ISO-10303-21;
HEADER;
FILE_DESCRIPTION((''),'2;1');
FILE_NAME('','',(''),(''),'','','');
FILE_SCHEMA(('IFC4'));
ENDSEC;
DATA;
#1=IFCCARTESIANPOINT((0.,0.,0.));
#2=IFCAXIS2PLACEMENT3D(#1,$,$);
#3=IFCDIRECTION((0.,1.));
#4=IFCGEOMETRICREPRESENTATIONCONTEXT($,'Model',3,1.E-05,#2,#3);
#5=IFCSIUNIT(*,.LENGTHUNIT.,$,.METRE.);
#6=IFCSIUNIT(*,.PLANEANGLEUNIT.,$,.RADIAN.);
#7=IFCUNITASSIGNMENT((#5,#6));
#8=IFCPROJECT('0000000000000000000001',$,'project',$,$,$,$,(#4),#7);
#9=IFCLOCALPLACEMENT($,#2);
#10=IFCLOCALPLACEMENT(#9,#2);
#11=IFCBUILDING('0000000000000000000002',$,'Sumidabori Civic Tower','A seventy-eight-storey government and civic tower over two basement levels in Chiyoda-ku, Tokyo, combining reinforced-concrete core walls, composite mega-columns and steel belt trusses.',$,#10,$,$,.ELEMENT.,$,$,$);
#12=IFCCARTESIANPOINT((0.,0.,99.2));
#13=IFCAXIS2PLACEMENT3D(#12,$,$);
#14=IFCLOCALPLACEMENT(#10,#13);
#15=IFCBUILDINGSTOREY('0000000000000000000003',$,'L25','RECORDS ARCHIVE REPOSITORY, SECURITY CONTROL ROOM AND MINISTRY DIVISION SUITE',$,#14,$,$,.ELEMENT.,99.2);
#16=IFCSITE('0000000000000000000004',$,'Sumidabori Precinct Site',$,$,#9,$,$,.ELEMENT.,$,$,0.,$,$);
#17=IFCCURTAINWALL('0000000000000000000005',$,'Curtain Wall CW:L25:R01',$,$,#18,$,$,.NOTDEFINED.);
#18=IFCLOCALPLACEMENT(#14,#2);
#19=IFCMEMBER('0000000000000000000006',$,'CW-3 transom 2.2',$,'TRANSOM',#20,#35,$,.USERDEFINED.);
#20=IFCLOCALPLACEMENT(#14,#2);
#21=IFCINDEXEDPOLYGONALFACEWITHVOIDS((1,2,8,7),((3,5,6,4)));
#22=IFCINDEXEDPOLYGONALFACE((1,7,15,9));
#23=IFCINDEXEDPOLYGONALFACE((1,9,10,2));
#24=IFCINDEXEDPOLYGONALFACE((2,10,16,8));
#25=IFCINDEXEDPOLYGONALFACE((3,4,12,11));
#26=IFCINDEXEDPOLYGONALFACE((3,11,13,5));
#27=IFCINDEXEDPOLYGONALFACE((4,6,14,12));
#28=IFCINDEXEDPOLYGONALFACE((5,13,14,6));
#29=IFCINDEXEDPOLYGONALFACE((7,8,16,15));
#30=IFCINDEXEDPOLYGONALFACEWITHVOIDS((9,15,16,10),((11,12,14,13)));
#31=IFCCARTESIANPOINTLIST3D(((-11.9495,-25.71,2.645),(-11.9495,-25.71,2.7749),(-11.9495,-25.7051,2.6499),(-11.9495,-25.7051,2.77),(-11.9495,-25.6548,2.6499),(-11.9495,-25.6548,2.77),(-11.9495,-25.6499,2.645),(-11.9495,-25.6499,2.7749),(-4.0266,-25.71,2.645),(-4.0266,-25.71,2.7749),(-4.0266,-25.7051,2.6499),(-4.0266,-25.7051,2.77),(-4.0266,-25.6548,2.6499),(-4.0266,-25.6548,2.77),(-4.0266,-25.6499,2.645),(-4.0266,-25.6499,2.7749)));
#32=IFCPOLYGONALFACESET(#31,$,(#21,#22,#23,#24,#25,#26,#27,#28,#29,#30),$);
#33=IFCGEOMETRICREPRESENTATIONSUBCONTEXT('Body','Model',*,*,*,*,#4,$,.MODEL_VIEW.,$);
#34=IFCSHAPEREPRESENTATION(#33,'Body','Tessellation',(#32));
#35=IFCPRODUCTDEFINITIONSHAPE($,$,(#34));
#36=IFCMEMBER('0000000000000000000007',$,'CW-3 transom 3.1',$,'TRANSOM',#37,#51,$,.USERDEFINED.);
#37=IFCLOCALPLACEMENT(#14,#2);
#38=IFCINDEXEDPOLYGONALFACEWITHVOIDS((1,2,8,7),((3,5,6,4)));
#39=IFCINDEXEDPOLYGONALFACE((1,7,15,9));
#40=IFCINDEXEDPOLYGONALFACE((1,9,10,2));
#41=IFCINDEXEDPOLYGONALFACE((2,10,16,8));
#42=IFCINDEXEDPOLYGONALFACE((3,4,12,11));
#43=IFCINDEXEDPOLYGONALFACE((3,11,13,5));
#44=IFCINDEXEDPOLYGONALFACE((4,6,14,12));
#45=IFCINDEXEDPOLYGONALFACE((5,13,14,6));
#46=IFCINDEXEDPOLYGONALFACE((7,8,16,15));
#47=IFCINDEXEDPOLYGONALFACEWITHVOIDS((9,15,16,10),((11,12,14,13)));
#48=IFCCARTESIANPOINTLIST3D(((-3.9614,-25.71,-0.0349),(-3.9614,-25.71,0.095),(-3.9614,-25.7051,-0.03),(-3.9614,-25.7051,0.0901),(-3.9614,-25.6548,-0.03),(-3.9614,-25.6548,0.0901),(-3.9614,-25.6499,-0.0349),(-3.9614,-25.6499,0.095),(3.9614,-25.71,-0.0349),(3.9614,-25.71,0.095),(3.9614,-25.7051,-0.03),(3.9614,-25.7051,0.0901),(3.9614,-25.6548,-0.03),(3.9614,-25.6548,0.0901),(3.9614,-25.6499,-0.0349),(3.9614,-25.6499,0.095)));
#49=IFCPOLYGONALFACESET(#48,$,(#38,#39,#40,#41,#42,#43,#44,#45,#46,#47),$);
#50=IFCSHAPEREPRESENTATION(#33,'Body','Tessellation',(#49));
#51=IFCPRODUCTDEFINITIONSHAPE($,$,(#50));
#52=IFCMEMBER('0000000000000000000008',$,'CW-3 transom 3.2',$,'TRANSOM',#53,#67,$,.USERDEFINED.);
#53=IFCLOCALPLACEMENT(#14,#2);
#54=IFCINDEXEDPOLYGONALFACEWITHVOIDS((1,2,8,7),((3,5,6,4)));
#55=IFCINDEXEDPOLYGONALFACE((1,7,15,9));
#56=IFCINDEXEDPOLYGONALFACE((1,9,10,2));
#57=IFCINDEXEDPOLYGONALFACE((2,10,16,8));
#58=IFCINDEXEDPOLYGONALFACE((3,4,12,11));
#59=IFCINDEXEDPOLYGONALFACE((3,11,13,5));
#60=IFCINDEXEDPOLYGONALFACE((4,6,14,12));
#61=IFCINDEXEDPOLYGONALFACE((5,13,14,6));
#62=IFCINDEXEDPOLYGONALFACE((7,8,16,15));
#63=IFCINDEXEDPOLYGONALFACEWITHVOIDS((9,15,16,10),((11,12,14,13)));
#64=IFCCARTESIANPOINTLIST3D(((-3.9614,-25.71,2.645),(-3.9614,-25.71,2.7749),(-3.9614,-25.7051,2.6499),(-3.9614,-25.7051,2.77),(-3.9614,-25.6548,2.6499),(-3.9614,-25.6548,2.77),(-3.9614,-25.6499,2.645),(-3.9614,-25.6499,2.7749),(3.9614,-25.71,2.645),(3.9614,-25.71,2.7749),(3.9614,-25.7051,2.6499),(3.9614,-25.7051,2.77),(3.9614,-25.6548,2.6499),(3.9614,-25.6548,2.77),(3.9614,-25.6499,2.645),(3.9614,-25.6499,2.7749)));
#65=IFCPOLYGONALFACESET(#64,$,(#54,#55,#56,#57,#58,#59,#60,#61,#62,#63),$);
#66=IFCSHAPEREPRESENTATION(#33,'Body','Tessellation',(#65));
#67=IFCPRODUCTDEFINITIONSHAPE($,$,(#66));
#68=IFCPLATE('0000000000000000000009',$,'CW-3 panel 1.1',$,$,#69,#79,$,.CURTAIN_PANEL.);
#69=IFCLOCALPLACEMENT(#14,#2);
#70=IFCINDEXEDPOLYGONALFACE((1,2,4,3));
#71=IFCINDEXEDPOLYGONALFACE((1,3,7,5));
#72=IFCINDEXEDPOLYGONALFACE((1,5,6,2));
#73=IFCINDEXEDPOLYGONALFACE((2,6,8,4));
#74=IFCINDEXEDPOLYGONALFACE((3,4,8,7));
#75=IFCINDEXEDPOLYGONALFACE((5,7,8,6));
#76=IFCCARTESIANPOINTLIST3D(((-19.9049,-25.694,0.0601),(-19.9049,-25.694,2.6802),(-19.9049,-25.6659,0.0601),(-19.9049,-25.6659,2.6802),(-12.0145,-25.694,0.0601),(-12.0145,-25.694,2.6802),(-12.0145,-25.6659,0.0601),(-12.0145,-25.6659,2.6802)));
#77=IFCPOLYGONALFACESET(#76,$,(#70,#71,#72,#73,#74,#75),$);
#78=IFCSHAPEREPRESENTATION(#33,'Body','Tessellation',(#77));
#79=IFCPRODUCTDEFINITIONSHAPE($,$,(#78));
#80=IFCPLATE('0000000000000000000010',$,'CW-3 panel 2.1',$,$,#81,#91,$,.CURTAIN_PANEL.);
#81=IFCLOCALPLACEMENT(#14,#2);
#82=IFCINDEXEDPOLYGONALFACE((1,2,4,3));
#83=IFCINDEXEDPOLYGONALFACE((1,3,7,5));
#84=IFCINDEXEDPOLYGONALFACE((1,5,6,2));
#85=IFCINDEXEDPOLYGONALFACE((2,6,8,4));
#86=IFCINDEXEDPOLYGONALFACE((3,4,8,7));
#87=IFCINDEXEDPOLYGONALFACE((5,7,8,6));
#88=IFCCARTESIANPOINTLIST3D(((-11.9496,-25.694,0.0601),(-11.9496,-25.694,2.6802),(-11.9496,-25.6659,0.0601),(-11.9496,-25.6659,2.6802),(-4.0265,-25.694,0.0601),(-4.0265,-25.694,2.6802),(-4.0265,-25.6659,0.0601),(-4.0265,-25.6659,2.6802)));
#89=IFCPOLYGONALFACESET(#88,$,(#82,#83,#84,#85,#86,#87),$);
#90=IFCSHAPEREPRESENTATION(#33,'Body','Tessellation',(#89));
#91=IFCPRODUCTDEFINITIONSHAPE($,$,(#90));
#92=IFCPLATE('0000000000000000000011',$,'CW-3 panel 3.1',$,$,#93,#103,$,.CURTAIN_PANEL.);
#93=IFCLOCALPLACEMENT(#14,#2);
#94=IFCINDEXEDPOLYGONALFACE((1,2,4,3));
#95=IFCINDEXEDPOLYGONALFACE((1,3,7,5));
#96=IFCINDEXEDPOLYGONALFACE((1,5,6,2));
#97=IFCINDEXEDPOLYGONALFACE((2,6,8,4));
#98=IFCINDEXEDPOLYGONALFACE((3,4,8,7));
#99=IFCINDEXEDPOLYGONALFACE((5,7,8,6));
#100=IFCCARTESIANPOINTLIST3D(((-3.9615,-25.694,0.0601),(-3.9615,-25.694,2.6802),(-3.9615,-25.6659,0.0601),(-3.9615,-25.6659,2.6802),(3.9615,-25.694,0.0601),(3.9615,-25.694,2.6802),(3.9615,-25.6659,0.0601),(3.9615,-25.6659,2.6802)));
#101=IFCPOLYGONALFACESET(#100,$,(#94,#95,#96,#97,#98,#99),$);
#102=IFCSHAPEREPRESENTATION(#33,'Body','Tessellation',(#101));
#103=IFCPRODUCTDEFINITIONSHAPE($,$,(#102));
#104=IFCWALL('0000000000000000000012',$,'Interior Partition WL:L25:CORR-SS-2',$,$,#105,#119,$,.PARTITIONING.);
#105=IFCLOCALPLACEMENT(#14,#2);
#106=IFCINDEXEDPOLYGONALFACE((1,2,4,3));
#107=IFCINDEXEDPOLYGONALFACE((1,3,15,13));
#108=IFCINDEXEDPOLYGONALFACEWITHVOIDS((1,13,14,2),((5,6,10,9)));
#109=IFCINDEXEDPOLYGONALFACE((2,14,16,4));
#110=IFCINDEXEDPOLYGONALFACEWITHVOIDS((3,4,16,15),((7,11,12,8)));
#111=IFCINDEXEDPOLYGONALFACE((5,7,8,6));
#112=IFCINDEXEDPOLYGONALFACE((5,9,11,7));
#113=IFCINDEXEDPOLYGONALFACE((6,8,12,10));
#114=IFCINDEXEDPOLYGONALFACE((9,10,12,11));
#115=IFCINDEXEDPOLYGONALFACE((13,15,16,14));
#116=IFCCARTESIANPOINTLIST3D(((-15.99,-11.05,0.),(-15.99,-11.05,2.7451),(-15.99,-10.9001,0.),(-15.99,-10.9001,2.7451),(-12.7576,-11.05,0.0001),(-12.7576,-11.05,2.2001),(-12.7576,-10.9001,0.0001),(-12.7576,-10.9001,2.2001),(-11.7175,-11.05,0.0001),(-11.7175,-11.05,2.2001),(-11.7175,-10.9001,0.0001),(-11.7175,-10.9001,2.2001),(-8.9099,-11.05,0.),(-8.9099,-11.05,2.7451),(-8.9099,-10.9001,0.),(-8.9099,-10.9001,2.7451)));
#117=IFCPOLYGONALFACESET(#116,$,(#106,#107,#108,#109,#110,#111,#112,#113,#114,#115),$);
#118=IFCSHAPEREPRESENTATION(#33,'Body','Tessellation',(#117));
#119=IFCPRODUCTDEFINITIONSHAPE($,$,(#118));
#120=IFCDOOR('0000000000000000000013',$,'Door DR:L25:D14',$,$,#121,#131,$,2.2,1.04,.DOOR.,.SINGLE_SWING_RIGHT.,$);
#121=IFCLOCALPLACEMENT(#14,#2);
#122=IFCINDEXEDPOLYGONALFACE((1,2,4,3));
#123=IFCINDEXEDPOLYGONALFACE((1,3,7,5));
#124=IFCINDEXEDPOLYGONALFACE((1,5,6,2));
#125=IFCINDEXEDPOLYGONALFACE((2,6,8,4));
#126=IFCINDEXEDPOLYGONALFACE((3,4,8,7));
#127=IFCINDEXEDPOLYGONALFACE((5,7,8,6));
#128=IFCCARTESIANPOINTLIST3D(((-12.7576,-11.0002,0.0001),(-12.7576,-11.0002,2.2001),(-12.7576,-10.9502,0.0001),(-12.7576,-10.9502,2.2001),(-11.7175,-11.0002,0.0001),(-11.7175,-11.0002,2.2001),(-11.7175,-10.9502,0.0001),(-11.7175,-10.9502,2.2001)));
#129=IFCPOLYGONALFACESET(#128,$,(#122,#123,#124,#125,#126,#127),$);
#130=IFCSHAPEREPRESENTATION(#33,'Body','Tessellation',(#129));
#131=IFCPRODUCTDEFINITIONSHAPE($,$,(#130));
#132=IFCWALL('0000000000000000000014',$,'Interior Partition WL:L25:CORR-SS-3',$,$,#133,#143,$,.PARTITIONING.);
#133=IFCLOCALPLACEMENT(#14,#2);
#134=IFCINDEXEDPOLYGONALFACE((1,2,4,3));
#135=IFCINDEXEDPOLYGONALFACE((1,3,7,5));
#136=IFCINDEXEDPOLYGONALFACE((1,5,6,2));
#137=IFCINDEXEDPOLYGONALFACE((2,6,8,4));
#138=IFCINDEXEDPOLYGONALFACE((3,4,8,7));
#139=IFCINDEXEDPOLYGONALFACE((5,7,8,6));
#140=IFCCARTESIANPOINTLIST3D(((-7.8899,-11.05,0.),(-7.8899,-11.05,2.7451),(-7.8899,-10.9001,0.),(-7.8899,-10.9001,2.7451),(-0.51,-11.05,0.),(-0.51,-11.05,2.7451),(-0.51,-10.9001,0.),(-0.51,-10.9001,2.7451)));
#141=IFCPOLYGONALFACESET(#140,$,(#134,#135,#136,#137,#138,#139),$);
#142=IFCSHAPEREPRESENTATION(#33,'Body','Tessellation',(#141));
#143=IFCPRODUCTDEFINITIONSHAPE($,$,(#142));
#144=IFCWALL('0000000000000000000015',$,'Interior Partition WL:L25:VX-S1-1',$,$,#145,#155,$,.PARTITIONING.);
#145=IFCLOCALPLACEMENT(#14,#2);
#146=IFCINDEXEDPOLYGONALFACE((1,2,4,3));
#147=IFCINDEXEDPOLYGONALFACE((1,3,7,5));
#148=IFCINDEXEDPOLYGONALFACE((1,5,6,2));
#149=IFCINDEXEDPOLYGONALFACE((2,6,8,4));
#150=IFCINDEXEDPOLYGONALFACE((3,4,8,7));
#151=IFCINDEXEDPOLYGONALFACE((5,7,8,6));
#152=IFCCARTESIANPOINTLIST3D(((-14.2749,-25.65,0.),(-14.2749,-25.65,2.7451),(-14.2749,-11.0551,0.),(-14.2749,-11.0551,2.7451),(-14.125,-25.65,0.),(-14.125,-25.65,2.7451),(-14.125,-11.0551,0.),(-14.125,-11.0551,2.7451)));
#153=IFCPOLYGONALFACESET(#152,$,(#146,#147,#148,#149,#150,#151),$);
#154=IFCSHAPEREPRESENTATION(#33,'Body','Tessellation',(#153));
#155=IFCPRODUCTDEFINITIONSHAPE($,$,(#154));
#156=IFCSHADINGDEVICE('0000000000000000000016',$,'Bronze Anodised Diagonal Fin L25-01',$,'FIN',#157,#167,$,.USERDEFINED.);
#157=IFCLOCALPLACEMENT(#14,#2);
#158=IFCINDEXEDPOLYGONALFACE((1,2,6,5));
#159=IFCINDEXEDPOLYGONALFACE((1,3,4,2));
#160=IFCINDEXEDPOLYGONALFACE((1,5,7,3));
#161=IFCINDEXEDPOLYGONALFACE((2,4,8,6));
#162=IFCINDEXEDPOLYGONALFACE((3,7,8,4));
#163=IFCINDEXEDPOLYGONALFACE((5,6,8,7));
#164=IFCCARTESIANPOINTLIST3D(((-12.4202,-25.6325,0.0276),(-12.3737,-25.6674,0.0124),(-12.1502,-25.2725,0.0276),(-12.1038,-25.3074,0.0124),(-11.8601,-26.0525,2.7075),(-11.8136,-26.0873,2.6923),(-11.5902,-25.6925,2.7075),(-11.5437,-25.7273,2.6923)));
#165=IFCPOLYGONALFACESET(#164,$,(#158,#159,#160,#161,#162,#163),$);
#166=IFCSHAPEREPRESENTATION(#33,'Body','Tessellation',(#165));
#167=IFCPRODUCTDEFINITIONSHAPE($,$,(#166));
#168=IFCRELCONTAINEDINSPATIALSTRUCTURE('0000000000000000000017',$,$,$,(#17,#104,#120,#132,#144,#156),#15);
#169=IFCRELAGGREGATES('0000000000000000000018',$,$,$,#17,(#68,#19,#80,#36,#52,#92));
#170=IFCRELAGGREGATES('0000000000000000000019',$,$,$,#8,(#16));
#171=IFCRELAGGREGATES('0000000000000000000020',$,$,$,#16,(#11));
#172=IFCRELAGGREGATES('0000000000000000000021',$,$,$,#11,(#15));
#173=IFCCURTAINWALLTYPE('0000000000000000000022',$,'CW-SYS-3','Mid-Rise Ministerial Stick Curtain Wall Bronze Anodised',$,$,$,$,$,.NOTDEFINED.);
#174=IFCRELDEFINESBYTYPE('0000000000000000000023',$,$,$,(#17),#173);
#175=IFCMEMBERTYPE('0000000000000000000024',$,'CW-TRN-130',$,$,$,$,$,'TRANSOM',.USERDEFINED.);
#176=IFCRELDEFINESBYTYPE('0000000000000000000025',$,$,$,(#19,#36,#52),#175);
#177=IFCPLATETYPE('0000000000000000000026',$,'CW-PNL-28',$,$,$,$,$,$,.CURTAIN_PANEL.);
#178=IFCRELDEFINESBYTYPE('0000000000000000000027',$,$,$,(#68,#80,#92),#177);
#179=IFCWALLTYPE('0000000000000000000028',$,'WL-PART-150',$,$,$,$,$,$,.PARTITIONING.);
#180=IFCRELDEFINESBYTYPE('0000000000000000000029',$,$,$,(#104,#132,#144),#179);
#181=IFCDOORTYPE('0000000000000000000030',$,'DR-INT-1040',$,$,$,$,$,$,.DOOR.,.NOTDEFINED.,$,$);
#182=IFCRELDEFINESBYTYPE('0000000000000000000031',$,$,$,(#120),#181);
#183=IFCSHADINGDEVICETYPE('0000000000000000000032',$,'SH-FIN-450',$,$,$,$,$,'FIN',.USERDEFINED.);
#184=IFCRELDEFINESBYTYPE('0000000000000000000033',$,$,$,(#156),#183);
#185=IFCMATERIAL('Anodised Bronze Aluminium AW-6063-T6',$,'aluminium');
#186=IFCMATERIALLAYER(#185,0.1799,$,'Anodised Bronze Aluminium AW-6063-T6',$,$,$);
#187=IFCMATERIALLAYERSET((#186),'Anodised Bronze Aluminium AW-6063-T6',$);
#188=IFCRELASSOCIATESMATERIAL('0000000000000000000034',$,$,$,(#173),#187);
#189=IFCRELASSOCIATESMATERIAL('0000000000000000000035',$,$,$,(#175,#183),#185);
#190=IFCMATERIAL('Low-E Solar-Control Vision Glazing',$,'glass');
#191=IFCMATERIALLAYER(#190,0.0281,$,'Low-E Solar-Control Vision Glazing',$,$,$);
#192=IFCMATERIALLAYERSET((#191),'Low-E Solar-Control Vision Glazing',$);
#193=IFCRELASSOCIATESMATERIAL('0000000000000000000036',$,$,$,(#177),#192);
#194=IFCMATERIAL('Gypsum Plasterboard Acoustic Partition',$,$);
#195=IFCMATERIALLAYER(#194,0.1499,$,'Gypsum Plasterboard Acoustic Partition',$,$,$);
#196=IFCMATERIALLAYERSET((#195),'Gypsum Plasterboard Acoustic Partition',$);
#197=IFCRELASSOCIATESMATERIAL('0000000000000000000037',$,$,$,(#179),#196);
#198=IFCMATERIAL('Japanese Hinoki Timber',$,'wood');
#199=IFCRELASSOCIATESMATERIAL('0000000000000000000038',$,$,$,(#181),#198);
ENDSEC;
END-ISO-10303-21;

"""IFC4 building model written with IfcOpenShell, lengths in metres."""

from ifc_helpers import new_model, si_unit, direction, frame, frame_2d, origin, origin_2d, place, context, subcontext, project, spatial, rectangle, hollow_rectangle, extrude, source, transform, mapped, material, layer, layer_set, material_profile, profile_set, type_object, element, fill, aggregate, save


model = new_model("IFC4")

# Units and contexts
model_context = context("Model", 3, precision=1e-05, world=origin(), true_north=direction((0.0, 1.0)))
body_context = subcontext(model_context, "Body", "Model", "MODEL_VIEW")
ifc_project = project(units=[si_unit("LENGTHUNIT", "METRE"), si_unit("PLANEANGLEUNIT", "RADIAN")], contexts=[model_context])

# Site, building, storey
site_placement = place(None, origin())
site = spatial("IfcSite", under=ifc_project, at=site_placement, Name="Sumidabori Precinct Site", CompositionType="ELEMENT", RefElevation=0.0)
building_placement = place(site_placement, origin())
building = spatial("IfcBuilding", under=site, at=building_placement, Name="Sumidabori Civic Tower", Description="A seventy-eight-storey government and civic tower over two basement levels in Chiyoda-ku, Tokyo, combining reinforced-concrete core walls, composite mega-columns and steel belt trusses.", CompositionType="ELEMENT")
storey_placement = place(building_placement, frame((0.0, 0.0, 99.2)))
storey = spatial("IfcBuildingStorey", under=building, at=storey_placement, Name="L25", Description="RECORDS ARCHIVE REPOSITORY, SECURITY CONTROL ROOM AND MINISTRY DIVISION SUITE", CompositionType="ELEMENT", Elevation=99.2)

# Curtain wall, members, plates
ifc_material_1 = material(Name="Anodised Bronze Aluminium AW-6063-T6", Category="aluminium")
ifc_layer_1 = layer(ifc_material_1, 0.1799, Name="Anodised Bronze Aluminium AW-6063-T6")
ifc_layer_set_1 = layer_set([ifc_layer_1], Name="Anodised Bronze Aluminium AW-6063-T6")
curtain_wall_type = type_object("IfcCurtainWallType", Name="CW-SYS-3", Description="Mid-Rise Ministerial Stick Curtain Wall Bronze Anodised", PredefinedType="NOTDEFINED", material=ifc_layer_set_1)
curtain_wall_placement = place(storey_placement, origin())
curtain_wall = element("IfcCurtainWall", 1, at=curtain_wall_placement, inside=storey, type_object=curtain_wall_type, Name="Curtain Wall CW:L25:R01", PredefinedType="NOTDEFINED")
ifc_material_profile_1 = material_profile(ifc_material_1, hollow_rectangle(XDim=0.0601, YDim=0.1299, WallThickness=0.0049, at=origin_2d()), Name="ALU TRANSOM 130x60")
ifc_profile_set_1 = profile_set([ifc_material_profile_1], Name="Anodised Bronze Aluminium AW-6063-T6")
member_type_1 = type_object("IfcMemberType", Name="CW-TRN-130", ElementType="TRANSOM", PredefinedType="USERDEFINED", material=ifc_profile_set_1)
shared_shape_1 = source(origin(), body_context, "Body", "SweptSolid", [
    extrude(hollow_rectangle(XDim=0.0601, YDim=0.1299, WallThickness=0.0049, at=origin_2d()), origin(), (0.0, 0.0, 1.0), 7.9229),
])
member_1_placement = place(storey_placement, frame((-11.9495, -25.6799, 2.71), z_axis=(1.0, 0.0, 0.0), x_axis=(0.0, 1.0, 0.0)))
member_1 = element("IfcMember", 2, at=member_1_placement, type_object=member_type_1, Name="CW-3 transom 2.2", ObjectType="TRANSOM", PredefinedType="USERDEFINED", context=body_context, shape_type="MappedRepresentation", body=[
    mapped(shared_shape_1, transform((0.0, 0.0, 0.0), x_axis=(1.0, 0.0, 0.0), y_axis=(0.0, 1.0, 0.0), z_axis=(0.0, 0.0, 1.0), scale=1.0)),
])
member_2_placement = place(storey_placement, frame((-3.9614, -25.6799, 0.03), z_axis=(1.0, 0.0, 0.0), x_axis=(0.0, 1.0, 0.0)))
member_2 = element("IfcMember", 3, at=member_2_placement, type_object=member_type_1, Name="CW-3 transom 3.1", ObjectType="TRANSOM", PredefinedType="USERDEFINED", context=body_context, shape_type="MappedRepresentation", body=[
    mapped(shared_shape_1, transform((0.0, 0.0, 0.0), x_axis=(1.0, 0.0, 0.0), y_axis=(0.0, 1.0, 0.0), z_axis=(0.0, 0.0, 1.0), scale=1.0)),
])
member_3_placement = place(storey_placement, frame((-3.9614, -25.6799, 2.71), z_axis=(1.0, 0.0, 0.0), x_axis=(0.0, 1.0, 0.0)))
member_3 = element("IfcMember", 4, at=member_3_placement, type_object=member_type_1, Name="CW-3 transom 3.2", ObjectType="TRANSOM", PredefinedType="USERDEFINED", context=body_context, shape_type="MappedRepresentation", body=[
    mapped(shared_shape_1, transform((0.0, 0.0, 0.0), x_axis=(1.0, 0.0, 0.0), y_axis=(0.0, 1.0, 0.0), z_axis=(0.0, 0.0, 1.0), scale=1.0)),
])
ifc_material_2 = material(Name="Low-E Solar-Control Vision Glazing", Category="glass")
ifc_layer_2 = layer(ifc_material_2, 0.0281, Name="Low-E Solar-Control Vision Glazing")
ifc_layer_set_2 = layer_set([ifc_layer_2], Name="Low-E Solar-Control Vision Glazing")
plate_type = type_object("IfcPlateType", Name="CW-PNL-28", PredefinedType="CURTAIN_PANEL", material=ifc_layer_set_2)
shared_shape_2 = source(origin(), body_context, "Body", "SweptSolid", [
    extrude(rectangle(XDim=7.8904, YDim=0.0281, at=origin_2d()), origin(), (0.0, 0.0, 1.0), 2.6201),
])
plate_1_placement = place(storey_placement, frame((-15.9597, -25.6799, 0.0601), z_axis=(0.0, 0.0, 1.0), x_axis=(1.0, 0.0, 0.0)))
plate_1 = element("IfcPlate", 5, at=plate_1_placement, type_object=plate_type, Name="CW-3 panel 1.1", PredefinedType="CURTAIN_PANEL", context=body_context, shape_type="MappedRepresentation", body=[
    mapped(shared_shape_2, transform((0.0, 0.0, 0.0), x_axis=(1.0, 0.0, 0.0), y_axis=(0.0, 1.0, 0.0), z_axis=(0.0, 0.0, 1.0), scale=1.0)),
])
shared_shape_3 = source(origin(), body_context, "Body", "SweptSolid", [
    extrude(rectangle(XDim=7.9231, YDim=0.0281, at=origin_2d()), origin(), (0.0, 0.0, 1.0), 2.6201),
])
plate_2_placement = place(storey_placement, frame((-7.988, -25.6799, 0.0601), z_axis=(0.0, 0.0, 1.0), x_axis=(1.0, 0.0, 0.0)))
plate_2 = element("IfcPlate", 6, at=plate_2_placement, type_object=plate_type, Name="CW-3 panel 2.1", PredefinedType="CURTAIN_PANEL", context=body_context, shape_type="MappedRepresentation", body=[
    mapped(shared_shape_3, transform((0.0, 0.0, 0.0), x_axis=(1.0, 0.0, 0.0), y_axis=(0.0, 1.0, 0.0), z_axis=(0.0, 0.0, 1.0), scale=1.0)),
])
plate_3_placement = place(storey_placement, frame((0.0, -25.6799, 0.0601), z_axis=(0.0, 0.0, 1.0), x_axis=(1.0, 0.0, 0.0)))
plate_3 = element("IfcPlate", 7, at=plate_3_placement, type_object=plate_type, Name="CW-3 panel 3.1", PredefinedType="CURTAIN_PANEL", context=body_context, shape_type="MappedRepresentation", body=[
    mapped(shared_shape_3, transform((0.0, 0.0, 0.0), x_axis=(1.0, 0.0, 0.0), y_axis=(0.0, 1.0, 0.0), z_axis=(0.0, 0.0, 1.0), scale=1.0)),
])
aggregate(curtain_wall, [plate_1, member_1, plate_2, member_2, member_3, plate_3])

# Wall, opening, door
ifc_material_3 = material(Name="Gypsum Plasterboard Acoustic Partition")
ifc_layer_3 = layer(ifc_material_3, 0.1499, Name="Gypsum Plasterboard Acoustic Partition")
ifc_layer_set_3 = layer_set([ifc_layer_3], Name="Gypsum Plasterboard Acoustic Partition")
wall_type = type_object("IfcWallType", Name="WL-PART-150", PredefinedType="PARTITIONING", material=ifc_layer_set_3)
shared_shape_4 = source(origin(), body_context, "Body", "SweptSolid", [
    extrude(rectangle(XDim=7.0801, YDim=0.1499, at=frame_2d((3.54, 0.0))), origin(), (0.0, 0.0, 1.0), 2.7451),
])
wall_1_placement = place(storey_placement, frame((-15.99, -10.9751, 0.0), z_axis=(0.0, 0.0, 1.0), x_axis=(1.0, 0.0, 0.0)))
wall_1 = element("IfcWall", 8, at=wall_1_placement, inside=storey, type_object=wall_type, Name="Interior Partition WL:L25:CORR-SS-2", PredefinedType="PARTITIONING", context=body_context, shape_type="MappedRepresentation", body=[
    mapped(shared_shape_4, transform((0.0, 0.0, 0.0), x_axis=(1.0, 0.0, 0.0), y_axis=(0.0, 1.0, 0.0), z_axis=(0.0, 0.0, 1.0), scale=1.0)),
])
opening_placement = place(wall_1_placement, frame((3.2324, 0.0, 0.0)))
opening = element("IfcOpeningElement", 9, at=opening_placement, cuts=wall_1, PredefinedType="OPENING", context=body_context, shape_type="SweptSolid", body=[
    extrude(rectangle(XDim=1.04, YDim=2.2, at=frame_2d((0.52, 1.1001))), frame((0.0, 0.0869, 0.0), z_axis=(0.0, -1.0, 0.0), x_axis=(1.0, 0.0, 0.0)), (0.0, 0.0, 1.0), 0.1738),
])
ifc_material_4 = material(Name="Japanese Hinoki Timber", Category="wood")
door_type = type_object("IfcDoorType", Name="DR-INT-1040", OperationType="NOTDEFINED", PredefinedType="DOOR", material=ifc_material_4)
shared_shape_5 = source(origin(), body_context, "Body", "SweptSolid", [
    extrude(rectangle(XDim=1.04, YDim=2.2, at=frame_2d((0.52, 1.1001))), frame((0.0, 0.0249, 0.0), z_axis=(0.0, -1.0, 0.0), x_axis=(1.0, 0.0, 0.0)), (0.0, 0.0, 1.0), 0.05),
])
door_placement = place(opening_placement, origin())
door = element("IfcDoor", 10, at=door_placement, inside=storey, type_object=door_type, Name="Door DR:L25:D14", OperationType="SINGLE_SWING_RIGHT", OverallHeight=2.2, OverallWidth=1.04, PredefinedType="DOOR", context=body_context, shape_type="MappedRepresentation", body=[
    mapped(shared_shape_5, transform((0.0, 0.0, 0.0), x_axis=(1.0, 0.0, 0.0), y_axis=(0.0, 1.0, 0.0), z_axis=(0.0, 0.0, 1.0), scale=1.0)),
])
fill(opening, door)

# Walls
shared_shape_6 = source(origin(), body_context, "Body", "SweptSolid", [
    extrude(rectangle(XDim=7.3799, YDim=0.1499, at=frame_2d((3.6899, 0.0))), origin(), (0.0, 0.0, 1.0), 2.7451),
])
wall_2_placement = place(storey_placement, frame((-7.8899, -10.9751, 0.0), z_axis=(0.0, 0.0, 1.0), x_axis=(1.0, 0.0, 0.0)))
element("IfcWall", 11, at=wall_2_placement, inside=storey, type_object=wall_type, Name="Interior Partition WL:L25:CORR-SS-3", PredefinedType="PARTITIONING", context=body_context, shape_type="MappedRepresentation", body=[
    mapped(shared_shape_6, transform((0.0, 0.0, 0.0), x_axis=(1.0, 0.0, 0.0), y_axis=(0.0, 1.0, 0.0), z_axis=(0.0, 0.0, 1.0), scale=1.0)),
])
shared_shape_7 = source(origin(), body_context, "Body", "SweptSolid", [
    extrude(rectangle(XDim=14.595, YDim=0.1499, at=frame_2d((7.2974, 0.0))), origin(), (0.0, 0.0, 1.0), 2.7451),
])
wall_3_placement = place(storey_placement, frame((-14.2, -25.6499, 0.0), z_axis=(0.0, 0.0, 1.0), x_axis=(0.0, 1.0, 0.0)))
element("IfcWall", 12, at=wall_3_placement, inside=storey, type_object=wall_type, Name="Interior Partition WL:L25:VX-S1-1", PredefinedType="PARTITIONING", context=body_context, shape_type="MappedRepresentation", body=[
    mapped(shared_shape_7, transform((0.0, 0.0, 0.0), x_axis=(1.0, 0.0, 0.0), y_axis=(0.0, 1.0, 0.0), z_axis=(0.0, 0.0, 1.0), scale=1.0)),
])

# Shading device
ifc_material_profile_2 = material_profile(ifc_material_1, rectangle(XDim=0.0601, YDim=0.45, at=origin_2d()), Name="BRONZE FIN 450x60")
ifc_profile_set_2 = profile_set([ifc_material_profile_2], Name="Anodised Bronze Aluminium AW-6063-T6")
shading_device_type = type_object("IfcShadingDeviceType", Name="SH-FIN-450", ElementType="FIN", PredefinedType="USERDEFINED", material=ifc_profile_set_2)
shared_shape_8 = source(origin(), body_context, "Body", "SweptSolid", [
    extrude(rectangle(XDim=0.0601, YDim=0.45, at=origin_2d()), origin(), (0.0, 0.0, 1.0), 2.7698),
])
shading_device_placement = place(storey_placement, frame((-12.262, -25.47, 0.02), z_axis=(0.202199, -0.151605, 0.967539), x_axis=(0.774112, -0.580415, -0.252722)))
element("IfcShadingDevice", 13, at=shading_device_placement, inside=storey, type_object=shading_device_type, Name="Bronze Anodised Diagonal Fin L25-01", ObjectType="FIN", PredefinedType="USERDEFINED", context=body_context, shape_type="MappedRepresentation", body=[
    mapped(shared_shape_8, transform((0.0, 0.0, 0.0), x_axis=(1.0, 0.0, 0.0), y_axis=(0.0, 1.0, 0.0), z_axis=(0.0, 0.0, 1.0), scale=1.0)),
])

save(model, "model.ifc")
